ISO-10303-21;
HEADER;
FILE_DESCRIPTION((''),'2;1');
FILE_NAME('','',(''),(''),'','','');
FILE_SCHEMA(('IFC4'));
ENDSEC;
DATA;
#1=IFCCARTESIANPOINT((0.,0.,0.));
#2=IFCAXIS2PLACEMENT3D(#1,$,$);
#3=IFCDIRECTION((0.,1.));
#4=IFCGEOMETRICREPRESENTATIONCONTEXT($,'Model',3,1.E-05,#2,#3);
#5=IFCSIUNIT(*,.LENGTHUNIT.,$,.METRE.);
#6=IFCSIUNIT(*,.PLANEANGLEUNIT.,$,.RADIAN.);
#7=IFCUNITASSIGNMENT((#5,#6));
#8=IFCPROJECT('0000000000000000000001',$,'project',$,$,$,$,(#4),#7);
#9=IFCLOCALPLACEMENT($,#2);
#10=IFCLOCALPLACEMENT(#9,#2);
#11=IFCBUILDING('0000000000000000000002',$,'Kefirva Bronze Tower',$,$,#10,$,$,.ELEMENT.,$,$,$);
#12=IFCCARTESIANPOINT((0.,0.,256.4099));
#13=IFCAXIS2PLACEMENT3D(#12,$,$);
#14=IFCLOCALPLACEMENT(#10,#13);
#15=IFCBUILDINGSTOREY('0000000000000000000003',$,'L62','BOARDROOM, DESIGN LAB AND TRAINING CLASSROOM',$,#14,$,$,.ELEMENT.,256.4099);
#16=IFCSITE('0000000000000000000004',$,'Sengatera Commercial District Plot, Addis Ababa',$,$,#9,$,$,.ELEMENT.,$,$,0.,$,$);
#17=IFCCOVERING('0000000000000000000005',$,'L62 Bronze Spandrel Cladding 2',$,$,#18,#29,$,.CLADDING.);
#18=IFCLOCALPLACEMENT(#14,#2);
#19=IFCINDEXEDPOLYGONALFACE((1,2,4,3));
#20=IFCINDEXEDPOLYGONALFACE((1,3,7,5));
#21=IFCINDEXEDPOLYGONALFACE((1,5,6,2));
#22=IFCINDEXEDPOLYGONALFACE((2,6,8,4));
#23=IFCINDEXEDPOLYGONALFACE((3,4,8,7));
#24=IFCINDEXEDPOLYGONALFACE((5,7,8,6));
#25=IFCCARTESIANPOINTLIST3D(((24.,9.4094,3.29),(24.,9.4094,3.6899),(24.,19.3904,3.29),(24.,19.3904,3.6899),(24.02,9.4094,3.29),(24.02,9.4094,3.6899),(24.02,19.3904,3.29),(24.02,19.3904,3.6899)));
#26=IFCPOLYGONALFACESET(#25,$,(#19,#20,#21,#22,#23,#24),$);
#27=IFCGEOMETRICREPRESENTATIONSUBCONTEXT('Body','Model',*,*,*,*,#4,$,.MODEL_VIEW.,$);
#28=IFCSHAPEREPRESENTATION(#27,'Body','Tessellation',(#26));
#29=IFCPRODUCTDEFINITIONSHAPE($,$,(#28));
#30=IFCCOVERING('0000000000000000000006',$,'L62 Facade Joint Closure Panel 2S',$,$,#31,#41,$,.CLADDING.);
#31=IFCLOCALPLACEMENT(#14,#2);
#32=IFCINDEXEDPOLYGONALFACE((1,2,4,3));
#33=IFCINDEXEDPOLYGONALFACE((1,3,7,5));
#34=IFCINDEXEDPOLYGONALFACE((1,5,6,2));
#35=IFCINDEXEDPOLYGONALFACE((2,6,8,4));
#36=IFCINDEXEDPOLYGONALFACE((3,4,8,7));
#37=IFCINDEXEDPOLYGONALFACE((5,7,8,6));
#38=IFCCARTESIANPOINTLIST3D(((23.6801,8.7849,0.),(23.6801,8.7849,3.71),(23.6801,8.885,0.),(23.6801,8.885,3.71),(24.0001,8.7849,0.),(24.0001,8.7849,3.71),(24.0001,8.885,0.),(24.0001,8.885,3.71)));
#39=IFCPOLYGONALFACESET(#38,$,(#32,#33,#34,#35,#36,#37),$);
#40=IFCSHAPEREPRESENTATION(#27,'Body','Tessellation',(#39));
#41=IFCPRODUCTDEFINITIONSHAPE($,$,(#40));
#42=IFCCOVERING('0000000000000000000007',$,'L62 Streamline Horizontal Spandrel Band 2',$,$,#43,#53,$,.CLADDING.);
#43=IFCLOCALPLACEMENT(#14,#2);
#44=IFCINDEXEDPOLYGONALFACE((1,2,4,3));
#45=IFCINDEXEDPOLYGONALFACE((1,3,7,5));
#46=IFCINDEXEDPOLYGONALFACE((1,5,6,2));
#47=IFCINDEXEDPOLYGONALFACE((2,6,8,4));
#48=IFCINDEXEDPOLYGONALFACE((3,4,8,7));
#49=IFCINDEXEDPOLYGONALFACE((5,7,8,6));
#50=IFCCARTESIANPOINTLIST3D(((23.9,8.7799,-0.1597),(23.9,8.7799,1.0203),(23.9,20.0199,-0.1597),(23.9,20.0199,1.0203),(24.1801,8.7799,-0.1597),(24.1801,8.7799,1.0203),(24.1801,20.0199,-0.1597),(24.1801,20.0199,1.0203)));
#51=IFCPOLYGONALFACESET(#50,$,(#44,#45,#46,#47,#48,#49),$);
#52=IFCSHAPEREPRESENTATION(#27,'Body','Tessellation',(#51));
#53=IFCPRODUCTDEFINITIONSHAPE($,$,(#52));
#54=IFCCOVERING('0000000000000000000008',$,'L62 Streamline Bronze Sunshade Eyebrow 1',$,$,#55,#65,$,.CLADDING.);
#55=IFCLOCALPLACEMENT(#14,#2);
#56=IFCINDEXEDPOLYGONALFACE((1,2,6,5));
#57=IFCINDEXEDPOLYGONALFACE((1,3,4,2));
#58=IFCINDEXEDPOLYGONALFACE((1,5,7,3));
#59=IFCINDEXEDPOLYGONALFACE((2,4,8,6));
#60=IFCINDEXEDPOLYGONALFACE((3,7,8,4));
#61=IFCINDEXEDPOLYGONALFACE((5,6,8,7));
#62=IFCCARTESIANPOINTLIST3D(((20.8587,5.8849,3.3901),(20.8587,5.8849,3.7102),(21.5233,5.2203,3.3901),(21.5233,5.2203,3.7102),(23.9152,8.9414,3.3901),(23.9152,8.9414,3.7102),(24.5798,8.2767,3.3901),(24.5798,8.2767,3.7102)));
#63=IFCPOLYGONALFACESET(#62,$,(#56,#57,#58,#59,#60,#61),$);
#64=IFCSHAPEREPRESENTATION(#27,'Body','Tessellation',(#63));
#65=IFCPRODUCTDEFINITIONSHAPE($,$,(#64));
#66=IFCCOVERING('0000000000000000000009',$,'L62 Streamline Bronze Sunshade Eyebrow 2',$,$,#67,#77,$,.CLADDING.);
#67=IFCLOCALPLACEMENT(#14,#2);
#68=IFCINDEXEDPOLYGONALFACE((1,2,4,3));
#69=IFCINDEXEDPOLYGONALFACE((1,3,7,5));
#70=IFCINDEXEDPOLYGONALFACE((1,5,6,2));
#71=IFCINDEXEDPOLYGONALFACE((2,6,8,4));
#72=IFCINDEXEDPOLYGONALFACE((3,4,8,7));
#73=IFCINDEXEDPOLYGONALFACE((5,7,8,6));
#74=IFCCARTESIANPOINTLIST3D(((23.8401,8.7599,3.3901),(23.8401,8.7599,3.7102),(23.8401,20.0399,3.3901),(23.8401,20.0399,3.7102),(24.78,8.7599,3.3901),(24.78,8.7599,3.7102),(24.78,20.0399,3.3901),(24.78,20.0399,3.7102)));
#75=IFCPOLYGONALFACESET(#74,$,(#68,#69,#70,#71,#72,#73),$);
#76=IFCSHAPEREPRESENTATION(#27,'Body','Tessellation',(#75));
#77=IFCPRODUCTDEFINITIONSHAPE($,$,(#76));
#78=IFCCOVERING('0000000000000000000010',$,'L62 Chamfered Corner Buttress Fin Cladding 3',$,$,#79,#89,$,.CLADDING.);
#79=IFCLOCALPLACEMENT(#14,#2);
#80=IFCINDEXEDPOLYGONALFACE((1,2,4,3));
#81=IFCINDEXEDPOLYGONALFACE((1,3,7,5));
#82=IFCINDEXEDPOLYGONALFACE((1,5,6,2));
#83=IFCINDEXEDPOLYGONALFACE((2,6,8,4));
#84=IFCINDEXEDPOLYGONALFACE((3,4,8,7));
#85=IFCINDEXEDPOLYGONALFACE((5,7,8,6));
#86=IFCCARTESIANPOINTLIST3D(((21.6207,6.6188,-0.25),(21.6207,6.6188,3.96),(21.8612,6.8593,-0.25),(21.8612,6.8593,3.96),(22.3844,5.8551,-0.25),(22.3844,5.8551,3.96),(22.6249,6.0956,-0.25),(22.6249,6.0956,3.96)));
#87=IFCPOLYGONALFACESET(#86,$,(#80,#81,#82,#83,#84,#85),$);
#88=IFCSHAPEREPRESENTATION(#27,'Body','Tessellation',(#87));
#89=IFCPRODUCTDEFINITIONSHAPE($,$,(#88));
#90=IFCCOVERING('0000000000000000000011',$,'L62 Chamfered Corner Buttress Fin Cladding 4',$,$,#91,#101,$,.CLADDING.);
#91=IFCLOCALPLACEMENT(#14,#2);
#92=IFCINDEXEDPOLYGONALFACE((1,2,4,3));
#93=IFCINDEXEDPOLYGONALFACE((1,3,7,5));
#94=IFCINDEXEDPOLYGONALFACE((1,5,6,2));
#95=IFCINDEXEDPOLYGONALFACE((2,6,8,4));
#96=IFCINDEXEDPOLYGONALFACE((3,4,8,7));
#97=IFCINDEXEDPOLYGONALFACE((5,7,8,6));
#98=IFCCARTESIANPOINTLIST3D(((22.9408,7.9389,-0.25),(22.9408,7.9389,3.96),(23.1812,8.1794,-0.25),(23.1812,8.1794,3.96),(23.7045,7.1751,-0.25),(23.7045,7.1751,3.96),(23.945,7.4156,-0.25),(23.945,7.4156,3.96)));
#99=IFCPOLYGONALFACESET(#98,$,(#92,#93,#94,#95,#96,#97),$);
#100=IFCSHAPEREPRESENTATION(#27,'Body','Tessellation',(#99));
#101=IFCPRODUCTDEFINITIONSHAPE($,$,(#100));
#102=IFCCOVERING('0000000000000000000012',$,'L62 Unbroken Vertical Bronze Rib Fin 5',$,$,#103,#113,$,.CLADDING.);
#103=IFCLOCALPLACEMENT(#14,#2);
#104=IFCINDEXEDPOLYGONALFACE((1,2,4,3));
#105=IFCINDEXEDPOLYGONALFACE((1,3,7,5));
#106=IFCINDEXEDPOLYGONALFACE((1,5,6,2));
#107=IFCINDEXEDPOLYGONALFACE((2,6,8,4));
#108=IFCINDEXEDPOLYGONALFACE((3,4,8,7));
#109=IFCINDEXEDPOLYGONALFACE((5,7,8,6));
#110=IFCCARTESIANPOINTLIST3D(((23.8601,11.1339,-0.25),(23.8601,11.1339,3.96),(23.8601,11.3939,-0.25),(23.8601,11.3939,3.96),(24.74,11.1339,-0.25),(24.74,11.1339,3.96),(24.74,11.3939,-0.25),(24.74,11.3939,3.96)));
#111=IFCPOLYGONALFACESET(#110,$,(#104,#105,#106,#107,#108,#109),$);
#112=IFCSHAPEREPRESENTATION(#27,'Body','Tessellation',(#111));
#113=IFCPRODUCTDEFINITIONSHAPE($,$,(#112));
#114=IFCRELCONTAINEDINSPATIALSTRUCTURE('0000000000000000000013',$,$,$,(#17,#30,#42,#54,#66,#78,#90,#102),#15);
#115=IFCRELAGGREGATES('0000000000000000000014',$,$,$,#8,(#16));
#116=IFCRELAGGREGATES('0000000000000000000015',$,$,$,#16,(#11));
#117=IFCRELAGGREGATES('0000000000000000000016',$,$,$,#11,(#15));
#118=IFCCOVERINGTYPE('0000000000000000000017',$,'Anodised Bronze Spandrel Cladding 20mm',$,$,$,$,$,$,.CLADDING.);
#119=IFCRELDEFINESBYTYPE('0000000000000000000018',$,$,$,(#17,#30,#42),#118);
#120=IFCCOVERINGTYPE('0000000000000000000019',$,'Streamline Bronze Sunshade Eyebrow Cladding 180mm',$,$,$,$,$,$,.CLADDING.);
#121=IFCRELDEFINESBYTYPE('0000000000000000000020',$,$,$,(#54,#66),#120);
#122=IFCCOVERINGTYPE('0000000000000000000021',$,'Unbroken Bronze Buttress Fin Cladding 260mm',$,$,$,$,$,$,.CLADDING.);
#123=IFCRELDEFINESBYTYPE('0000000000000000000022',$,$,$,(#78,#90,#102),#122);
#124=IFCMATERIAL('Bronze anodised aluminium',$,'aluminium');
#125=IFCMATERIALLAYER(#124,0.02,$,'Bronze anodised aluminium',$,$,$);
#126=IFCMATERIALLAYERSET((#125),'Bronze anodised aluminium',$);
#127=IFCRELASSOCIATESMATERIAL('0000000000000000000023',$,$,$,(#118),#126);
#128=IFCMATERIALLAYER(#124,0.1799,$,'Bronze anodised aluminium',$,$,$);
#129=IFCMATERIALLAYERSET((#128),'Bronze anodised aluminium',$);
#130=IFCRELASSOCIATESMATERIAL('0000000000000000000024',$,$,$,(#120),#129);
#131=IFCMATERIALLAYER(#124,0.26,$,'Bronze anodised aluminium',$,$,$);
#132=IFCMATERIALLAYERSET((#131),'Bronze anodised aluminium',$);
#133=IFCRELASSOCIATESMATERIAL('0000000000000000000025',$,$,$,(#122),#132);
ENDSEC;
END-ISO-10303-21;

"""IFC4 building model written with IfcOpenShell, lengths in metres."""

from ifc_helpers import new_model, si_unit, direction, frame, origin, origin_2d, place, context, subcontext, project, spatial, rectangle, extrude, material, layer, layer_set, type_object, element, save


model = new_model("IFC4")

# Units and contexts
model_context = context("Model", 3, precision=1e-05, world=origin(), true_north=direction((0.0, 1.0)))
body_context = subcontext(model_context, "Body", "Model", "MODEL_VIEW")
ifc_project = project(units=[si_unit("LENGTHUNIT", "METRE"), si_unit("PLANEANGLEUNIT", "RADIAN")], contexts=[model_context])

# Site, building, storey
site_placement = place(None, origin())
site = spatial("IfcSite", under=ifc_project, at=site_placement, Name="Sengatera Commercial District Plot, Addis Ababa", CompositionType="ELEMENT", RefElevation=0.0)
building_placement = place(site_placement, origin())
building = spatial("IfcBuilding", under=site, at=building_placement, Name="Kefirva Bronze Tower", CompositionType="ELEMENT")
storey_placement = place(building_placement, frame((0.0, 0.0, 256.4099)))
storey = spatial("IfcBuildingStorey", under=building, at=storey_placement, Name="L62", Description="BOARDROOM, DESIGN LAB AND TRAINING CLASSROOM", CompositionType="ELEMENT", Elevation=256.4099)

# Shared definitions
ifc_material_1 = material(Name="Bronze anodised aluminium", Category="aluminium")

# Coverings
ifc_layer_1 = layer(ifc_material_1, 0.02, Name="Bronze anodised aluminium")
ifc_layer_set_1 = layer_set([ifc_layer_1], Name="Bronze anodised aluminium")
covering_type_1 = type_object("IfcCoveringType", Name="Anodised Bronze Spandrel Cladding 20mm", PredefinedType="CLADDING", material=ifc_layer_set_1)
covering_1_placement = place(storey_placement, frame((24.01, 14.3999, 3.29), z_axis=(0.0, 0.0, 1.0), x_axis=(0.0, 1.0, 0.0)))
element("IfcCovering", 1, at=covering_1_placement, inside=storey, type_object=covering_type_1, Name="L62 Bronze Spandrel Cladding 2", PredefinedType="CLADDING", context=body_context, shape_type="SweptSolid", body=[
    extrude(rectangle(XDim=9.981, YDim=0.02, at=origin_2d()), origin(), (0.0, 0.0, 1.0), 0.3999),
])
covering_2_placement = place(storey_placement, frame((23.8401, 8.835, 0.0), z_axis=(0.0, 0.0, 1.0), x_axis=(0.0, 1.0, 0.0)))
element("IfcCovering", 2, at=covering_2_placement, inside=storey, type_object=covering_type_1, Name="L62 Facade Joint Closure Panel 2S", PredefinedType="CLADDING", context=body_context, shape_type="SweptSolid", body=[
    extrude(rectangle(XDim=0.1001, YDim=0.3201, at=origin_2d()), origin(), (0.0, 0.0, 1.0), 3.71),
])
covering_3_placement = place(storey_placement, frame((24.04, 14.3999, -0.1597), z_axis=(0.0, 0.0, 1.0), x_axis=(0.0, 1.0, 0.0)))
element("IfcCovering", 3, at=covering_3_placement, inside=storey, type_object=covering_type_1, Name="L62 Streamline Horizontal Spandrel Band 2", PredefinedType="CLADDING", context=body_context, shape_type="SweptSolid", body=[
    extrude(rectangle(XDim=11.24, YDim=0.28, at=origin_2d()), origin(), (0.0, 0.0, 1.0), 1.1799),
])
ifc_layer_2 = layer(ifc_material_1, 0.1799, Name="Bronze anodised aluminium")
ifc_layer_set_2 = layer_set([ifc_layer_2], Name="Bronze anodised aluminium")
covering_type_2 = type_object("IfcCoveringType", Name="Streamline Bronze Sunshade Eyebrow Cladding 180mm", PredefinedType="CLADDING", material=ifc_layer_set_2)
covering_4_placement = place(storey_placement, frame((22.7192, 7.0808, 3.3901), z_axis=(0.0, 0.0, 1.0), x_axis=(0.707107, 0.707107, 0.0)))
element("IfcCovering", 4, at=covering_4_placement, inside=storey, type_object=covering_type_2, Name="L62 Streamline Bronze Sunshade Eyebrow 1", PredefinedType="CLADDING", context=body_context, shape_type="SweptSolid", body=[
    extrude(rectangle(XDim=4.3225, YDim=0.9399, at=origin_2d()), origin(), (0.0, 0.0, 1.0), 0.3201),
])
covering_5_placement = place(storey_placement, frame((24.3101, 14.3999, 3.3901), z_axis=(0.0, 0.0, 1.0), x_axis=(0.0, 1.0, 0.0)))
element("IfcCovering", 5, at=covering_5_placement, inside=storey, type_object=covering_type_2, Name="L62 Streamline Bronze Sunshade Eyebrow 2", PredefinedType="CLADDING", context=body_context, shape_type="SweptSolid", body=[
    extrude(rectangle(XDim=11.28, YDim=0.9399, at=origin_2d()), origin(), (0.0, 0.0, 1.0), 0.3201),
])
ifc_layer_3 = layer(ifc_material_1, 0.26, Name="Bronze anodised aluminium")
ifc_layer_set_3 = layer_set([ifc_layer_3], Name="Bronze anodised aluminium")
covering_type_3 = type_object("IfcCoveringType", Name="Unbroken Bronze Buttress Fin Cladding 260mm", PredefinedType="CLADDING", material=ifc_layer_set_3)
for number, where, z_axis, x_axis, name in (
    (6, (22.1228, 6.3572, -0.25), (0.0, 0.0, 1.0), (0.707107, 0.707107, 0.0), "L62 Chamfered Corner Buttress Fin Cladding 3"),
    (7, (23.4429, 7.6772, -0.25), (0.0, 0.0, 1.0), (0.707107, 0.707107, 0.0), "L62 Chamfered Corner Buttress Fin Cladding 4"),
):
    element("IfcCovering", number, at=place(storey_placement, frame(where, z_axis=z_axis, x_axis=x_axis)), inside=storey, type_object=covering_type_3, Name=name, PredefinedType="CLADDING", context=body_context, shape_type="SweptSolid", body=[
        extrude(rectangle(XDim=0.3401, YDim=1.0801, at=origin_2d()), origin(), (0.0, 0.0, 1.0), 4.21),
    ])
covering_6_placement = place(storey_placement, frame((24.3, 11.2639, -0.25), z_axis=(0.0, 0.0, 1.0), x_axis=(0.0, 1.0, 0.0)))
element("IfcCovering", 8, at=covering_6_placement, inside=storey, type_object=covering_type_3, Name="L62 Unbroken Vertical Bronze Rib Fin 5", PredefinedType="CLADDING", context=body_context, shape_type="SweptSolid", body=[
    extrude(rectangle(XDim=0.26, YDim=0.8799, at=origin_2d()), origin(), (0.0, 0.0, 1.0), 4.21),
])

save(model, "model.ifc")
